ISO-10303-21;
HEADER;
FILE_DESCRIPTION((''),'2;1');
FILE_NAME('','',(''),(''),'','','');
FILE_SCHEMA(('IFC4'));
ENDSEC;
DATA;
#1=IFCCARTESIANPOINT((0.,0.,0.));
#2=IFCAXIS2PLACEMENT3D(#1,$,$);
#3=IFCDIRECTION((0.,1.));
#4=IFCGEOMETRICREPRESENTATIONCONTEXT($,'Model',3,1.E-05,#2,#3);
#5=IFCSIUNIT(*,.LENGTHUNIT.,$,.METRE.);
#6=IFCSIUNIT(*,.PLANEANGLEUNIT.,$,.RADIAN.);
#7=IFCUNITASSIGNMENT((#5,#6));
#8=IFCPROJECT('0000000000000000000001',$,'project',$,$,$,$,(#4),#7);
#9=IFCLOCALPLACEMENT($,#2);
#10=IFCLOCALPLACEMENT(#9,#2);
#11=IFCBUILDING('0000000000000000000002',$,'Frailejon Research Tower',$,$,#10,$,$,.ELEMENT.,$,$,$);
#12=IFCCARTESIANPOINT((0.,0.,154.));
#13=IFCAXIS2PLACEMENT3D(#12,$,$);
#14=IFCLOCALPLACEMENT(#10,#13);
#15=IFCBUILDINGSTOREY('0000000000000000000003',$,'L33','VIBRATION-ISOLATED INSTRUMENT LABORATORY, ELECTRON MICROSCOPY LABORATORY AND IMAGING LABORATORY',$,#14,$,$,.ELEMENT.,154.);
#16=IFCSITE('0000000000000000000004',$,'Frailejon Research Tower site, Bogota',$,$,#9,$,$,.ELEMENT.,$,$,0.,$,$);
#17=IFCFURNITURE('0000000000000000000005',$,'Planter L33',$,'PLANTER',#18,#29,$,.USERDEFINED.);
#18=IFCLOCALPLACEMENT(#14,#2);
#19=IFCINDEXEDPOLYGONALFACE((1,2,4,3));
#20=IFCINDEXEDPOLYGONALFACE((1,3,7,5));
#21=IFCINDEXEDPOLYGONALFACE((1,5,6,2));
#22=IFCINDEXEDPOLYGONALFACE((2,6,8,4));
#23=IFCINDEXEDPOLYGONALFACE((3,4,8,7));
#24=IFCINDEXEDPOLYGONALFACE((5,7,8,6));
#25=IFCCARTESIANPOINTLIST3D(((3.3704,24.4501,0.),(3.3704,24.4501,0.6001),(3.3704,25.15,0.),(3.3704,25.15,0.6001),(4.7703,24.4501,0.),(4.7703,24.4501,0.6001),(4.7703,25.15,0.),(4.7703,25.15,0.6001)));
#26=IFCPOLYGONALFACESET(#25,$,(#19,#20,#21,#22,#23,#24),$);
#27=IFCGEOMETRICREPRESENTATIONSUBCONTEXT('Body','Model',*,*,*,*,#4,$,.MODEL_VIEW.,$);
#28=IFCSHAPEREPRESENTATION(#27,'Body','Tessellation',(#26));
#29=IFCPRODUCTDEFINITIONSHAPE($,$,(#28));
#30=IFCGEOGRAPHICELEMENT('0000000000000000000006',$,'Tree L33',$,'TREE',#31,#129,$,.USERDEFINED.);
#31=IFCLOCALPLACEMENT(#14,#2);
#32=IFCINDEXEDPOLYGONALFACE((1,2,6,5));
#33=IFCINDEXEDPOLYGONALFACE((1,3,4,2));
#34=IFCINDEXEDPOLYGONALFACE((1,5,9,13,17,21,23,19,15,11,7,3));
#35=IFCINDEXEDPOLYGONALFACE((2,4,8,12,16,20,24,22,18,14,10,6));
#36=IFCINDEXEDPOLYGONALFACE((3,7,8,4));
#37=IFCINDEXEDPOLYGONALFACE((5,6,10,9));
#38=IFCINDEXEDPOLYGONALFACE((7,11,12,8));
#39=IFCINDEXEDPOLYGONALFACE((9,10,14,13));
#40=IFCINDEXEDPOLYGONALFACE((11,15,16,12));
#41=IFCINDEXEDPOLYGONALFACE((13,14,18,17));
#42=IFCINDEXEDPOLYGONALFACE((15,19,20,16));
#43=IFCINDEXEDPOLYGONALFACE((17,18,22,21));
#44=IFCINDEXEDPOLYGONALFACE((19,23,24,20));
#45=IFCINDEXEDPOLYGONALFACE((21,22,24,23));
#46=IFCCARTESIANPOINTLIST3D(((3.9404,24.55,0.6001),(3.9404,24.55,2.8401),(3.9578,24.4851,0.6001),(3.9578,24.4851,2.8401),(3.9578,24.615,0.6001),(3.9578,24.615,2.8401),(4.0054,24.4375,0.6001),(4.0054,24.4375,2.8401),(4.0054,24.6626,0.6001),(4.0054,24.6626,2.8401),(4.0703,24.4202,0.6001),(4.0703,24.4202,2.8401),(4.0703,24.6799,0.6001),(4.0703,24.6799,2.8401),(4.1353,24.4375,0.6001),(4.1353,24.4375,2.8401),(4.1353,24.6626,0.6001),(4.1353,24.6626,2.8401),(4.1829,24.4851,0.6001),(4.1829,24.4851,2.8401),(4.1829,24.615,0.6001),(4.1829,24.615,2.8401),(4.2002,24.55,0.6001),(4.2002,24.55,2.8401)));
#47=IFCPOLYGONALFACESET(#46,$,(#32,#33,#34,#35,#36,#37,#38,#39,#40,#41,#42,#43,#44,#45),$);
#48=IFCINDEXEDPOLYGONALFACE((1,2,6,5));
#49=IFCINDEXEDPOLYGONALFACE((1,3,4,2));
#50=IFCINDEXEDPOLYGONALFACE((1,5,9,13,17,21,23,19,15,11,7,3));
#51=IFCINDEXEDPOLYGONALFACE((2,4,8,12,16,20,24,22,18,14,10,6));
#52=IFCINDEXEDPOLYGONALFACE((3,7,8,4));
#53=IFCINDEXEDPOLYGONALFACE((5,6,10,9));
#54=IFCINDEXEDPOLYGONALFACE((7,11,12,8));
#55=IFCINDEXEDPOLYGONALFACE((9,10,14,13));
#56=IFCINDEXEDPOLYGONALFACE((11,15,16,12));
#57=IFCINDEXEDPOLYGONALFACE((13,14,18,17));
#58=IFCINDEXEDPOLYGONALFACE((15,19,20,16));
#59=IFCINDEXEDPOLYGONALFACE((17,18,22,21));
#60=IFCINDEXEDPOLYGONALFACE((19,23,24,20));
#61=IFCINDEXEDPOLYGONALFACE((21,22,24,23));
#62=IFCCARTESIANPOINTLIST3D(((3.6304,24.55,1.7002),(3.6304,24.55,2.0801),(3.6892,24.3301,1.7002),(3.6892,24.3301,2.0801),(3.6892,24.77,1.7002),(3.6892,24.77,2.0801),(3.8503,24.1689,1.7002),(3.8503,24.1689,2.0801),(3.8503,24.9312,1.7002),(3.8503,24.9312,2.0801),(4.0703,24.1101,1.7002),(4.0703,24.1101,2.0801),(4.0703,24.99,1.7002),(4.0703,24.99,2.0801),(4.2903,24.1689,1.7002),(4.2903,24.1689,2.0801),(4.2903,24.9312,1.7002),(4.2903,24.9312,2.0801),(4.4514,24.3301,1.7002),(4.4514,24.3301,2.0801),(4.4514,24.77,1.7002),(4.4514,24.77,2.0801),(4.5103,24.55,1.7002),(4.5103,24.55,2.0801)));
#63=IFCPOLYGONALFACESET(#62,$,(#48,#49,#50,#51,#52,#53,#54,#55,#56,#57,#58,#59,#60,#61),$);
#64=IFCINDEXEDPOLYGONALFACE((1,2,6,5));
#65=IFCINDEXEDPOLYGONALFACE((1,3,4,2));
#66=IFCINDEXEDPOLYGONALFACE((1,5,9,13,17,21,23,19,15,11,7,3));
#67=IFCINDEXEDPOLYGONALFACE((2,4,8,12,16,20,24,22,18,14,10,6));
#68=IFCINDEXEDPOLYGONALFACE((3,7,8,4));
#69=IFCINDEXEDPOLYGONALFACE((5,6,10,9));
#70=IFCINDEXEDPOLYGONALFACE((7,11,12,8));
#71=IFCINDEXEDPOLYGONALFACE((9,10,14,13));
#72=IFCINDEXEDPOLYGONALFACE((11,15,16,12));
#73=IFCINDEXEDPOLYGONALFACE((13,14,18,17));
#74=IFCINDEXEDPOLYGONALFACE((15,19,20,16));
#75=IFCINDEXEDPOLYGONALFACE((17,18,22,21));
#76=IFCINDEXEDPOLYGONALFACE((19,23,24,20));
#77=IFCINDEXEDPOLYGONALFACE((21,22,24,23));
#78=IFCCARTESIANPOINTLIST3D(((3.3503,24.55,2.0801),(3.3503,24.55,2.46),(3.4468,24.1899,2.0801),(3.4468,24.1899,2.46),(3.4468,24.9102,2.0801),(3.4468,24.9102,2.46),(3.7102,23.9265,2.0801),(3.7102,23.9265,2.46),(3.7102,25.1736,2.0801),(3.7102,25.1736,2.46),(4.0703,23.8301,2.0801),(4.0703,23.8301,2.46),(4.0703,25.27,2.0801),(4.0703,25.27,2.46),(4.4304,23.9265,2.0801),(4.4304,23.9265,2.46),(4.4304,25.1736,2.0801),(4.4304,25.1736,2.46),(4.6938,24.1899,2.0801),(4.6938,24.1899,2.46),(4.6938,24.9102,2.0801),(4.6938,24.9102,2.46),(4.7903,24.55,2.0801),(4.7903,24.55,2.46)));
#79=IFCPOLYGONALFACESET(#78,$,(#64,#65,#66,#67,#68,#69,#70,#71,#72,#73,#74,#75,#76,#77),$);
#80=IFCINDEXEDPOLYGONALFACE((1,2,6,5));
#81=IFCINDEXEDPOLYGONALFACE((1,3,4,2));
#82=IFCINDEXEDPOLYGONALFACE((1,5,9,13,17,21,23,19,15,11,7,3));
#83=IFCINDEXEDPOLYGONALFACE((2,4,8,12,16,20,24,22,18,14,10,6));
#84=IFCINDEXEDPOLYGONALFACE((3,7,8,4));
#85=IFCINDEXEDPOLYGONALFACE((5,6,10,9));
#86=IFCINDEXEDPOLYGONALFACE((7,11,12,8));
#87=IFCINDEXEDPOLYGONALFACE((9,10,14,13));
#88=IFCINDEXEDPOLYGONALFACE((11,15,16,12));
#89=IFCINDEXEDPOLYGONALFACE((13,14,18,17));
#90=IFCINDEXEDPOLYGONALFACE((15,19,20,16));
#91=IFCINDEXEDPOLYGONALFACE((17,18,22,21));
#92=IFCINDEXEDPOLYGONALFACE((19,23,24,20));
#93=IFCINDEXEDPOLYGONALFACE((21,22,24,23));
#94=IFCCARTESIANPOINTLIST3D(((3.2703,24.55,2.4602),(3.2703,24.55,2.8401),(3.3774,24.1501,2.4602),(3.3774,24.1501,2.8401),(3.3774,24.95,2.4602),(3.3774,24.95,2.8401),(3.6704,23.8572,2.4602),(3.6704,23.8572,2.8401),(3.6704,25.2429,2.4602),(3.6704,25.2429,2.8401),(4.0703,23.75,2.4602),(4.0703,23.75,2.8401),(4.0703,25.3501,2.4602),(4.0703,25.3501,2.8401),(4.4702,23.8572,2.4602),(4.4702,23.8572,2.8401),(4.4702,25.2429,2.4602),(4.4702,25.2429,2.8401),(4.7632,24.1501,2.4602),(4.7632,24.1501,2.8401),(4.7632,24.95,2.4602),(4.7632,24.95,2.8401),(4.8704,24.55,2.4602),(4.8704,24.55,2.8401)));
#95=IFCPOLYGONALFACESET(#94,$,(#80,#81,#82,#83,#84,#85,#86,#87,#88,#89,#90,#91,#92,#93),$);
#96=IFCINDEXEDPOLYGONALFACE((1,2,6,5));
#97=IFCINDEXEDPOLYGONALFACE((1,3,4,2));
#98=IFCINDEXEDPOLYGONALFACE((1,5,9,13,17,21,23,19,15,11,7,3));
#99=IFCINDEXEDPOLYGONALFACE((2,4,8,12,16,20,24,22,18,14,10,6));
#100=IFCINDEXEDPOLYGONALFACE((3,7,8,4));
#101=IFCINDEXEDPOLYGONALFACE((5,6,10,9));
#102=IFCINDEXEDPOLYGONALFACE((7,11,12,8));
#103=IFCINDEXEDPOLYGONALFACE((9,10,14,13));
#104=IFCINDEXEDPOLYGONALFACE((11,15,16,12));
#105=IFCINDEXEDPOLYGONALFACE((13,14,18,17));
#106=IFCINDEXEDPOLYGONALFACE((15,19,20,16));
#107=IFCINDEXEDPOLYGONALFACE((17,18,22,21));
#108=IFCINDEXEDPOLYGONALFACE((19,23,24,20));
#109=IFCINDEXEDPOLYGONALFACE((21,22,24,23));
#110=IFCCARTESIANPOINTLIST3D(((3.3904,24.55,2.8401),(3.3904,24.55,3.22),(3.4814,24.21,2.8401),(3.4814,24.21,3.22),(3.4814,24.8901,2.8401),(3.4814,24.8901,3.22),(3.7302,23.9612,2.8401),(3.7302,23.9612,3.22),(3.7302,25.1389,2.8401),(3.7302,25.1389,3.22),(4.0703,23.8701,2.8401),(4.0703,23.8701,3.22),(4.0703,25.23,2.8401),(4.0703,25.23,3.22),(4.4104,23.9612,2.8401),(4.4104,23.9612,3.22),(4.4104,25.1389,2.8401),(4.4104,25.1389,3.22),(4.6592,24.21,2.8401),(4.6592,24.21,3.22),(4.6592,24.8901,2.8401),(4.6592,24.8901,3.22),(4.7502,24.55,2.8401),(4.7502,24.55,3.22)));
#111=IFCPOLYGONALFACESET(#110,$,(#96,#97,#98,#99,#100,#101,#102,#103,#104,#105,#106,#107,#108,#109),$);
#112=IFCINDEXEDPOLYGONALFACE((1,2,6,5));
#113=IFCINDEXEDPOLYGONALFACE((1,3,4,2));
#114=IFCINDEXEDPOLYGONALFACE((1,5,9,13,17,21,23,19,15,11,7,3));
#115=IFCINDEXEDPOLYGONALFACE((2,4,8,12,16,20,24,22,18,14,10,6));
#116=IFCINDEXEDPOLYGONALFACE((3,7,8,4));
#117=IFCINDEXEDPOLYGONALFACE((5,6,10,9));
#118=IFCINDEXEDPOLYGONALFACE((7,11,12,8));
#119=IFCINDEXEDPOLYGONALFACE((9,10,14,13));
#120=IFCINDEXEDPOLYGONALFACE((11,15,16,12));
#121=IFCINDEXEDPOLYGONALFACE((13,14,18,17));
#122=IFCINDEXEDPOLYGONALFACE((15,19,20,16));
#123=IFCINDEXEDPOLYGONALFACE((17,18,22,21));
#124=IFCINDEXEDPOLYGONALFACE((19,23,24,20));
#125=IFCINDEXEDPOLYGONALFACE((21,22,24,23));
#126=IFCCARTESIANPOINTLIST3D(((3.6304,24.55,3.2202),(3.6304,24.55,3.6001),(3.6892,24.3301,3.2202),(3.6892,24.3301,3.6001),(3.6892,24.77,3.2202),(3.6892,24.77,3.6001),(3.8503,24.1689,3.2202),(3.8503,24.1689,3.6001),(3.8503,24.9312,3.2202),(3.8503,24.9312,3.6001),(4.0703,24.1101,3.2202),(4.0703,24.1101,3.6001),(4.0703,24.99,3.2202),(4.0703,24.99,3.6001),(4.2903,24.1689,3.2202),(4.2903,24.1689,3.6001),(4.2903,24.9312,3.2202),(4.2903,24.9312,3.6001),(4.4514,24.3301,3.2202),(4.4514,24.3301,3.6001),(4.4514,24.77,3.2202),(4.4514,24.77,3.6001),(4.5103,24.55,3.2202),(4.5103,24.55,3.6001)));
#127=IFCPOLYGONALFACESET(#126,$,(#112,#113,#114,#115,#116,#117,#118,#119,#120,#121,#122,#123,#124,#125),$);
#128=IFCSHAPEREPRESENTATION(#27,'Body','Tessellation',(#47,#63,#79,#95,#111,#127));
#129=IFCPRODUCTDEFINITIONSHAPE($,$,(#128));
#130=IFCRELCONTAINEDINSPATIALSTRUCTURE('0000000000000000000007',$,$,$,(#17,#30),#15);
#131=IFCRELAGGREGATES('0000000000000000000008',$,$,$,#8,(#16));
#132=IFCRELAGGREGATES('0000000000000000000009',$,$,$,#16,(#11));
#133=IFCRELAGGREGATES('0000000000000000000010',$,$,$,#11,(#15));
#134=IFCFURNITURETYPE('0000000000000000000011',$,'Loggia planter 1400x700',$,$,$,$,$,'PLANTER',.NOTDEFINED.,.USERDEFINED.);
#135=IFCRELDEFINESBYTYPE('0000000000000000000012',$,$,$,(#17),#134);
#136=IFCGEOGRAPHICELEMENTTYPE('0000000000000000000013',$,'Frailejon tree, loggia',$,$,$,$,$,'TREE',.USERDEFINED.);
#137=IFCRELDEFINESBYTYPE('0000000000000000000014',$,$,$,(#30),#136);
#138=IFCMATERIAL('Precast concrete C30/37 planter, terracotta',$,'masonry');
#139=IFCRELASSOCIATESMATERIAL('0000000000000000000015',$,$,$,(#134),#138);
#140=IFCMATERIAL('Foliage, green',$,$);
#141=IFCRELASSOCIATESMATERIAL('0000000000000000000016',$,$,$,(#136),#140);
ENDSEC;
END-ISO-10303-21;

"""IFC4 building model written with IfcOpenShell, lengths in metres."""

from ifc_helpers import new_model, si_unit, direction, frame, origin, origin_2d, place, context, subcontext, project, spatial, polyline, rectangle, outline, extrude, material, type_object, element, save


model = new_model("IFC4")

# Units and contexts
model_context = context("Model", 3, precision=1e-05, world=origin(), true_north=direction((0.0, 1.0)))
body_context = subcontext(model_context, "Body", "Model", "MODEL_VIEW")
ifc_project = project(units=[si_unit("LENGTHUNIT", "METRE"), si_unit("PLANEANGLEUNIT", "RADIAN")], contexts=[model_context])

# Site, building, storey
site_placement = place(None, origin())
site = spatial("IfcSite", under=ifc_project, at=site_placement, Name="Frailejon Research Tower site, Bogota", CompositionType="ELEMENT", RefElevation=0.0)
building_placement = place(site_placement, origin())
building = spatial("IfcBuilding", under=site, at=building_placement, Name="Frailejon Research Tower", CompositionType="ELEMENT")
storey_placement = place(building_placement, frame((0.0, 0.0, 154.0)))
storey = spatial("IfcBuildingStorey", under=building, at=storey_placement, Name="L33", Description="VIBRATION-ISOLATED INSTRUMENT LABORATORY, ELECTRON MICROSCOPY LABORATORY AND IMAGING LABORATORY", CompositionType="ELEMENT", Elevation=154.0)

# Furniture
ifc_material_1 = material(Name="Precast concrete C30/37 planter, terracotta", Category="masonry")
furniture_type = type_object("IfcFurnitureType", Name="Loggia planter 1400x700", ElementType="PLANTER", AssemblyPlace="NOTDEFINED", PredefinedType="USERDEFINED", material=ifc_material_1)
furniture_placement = place(storey_placement, frame((4.0703, 24.8, 0.0), z_axis=(0.0, 0.0, 1.0), x_axis=(-1.0, 0.0, 0.0)))
element("IfcFurniture", 1, at=furniture_placement, inside=storey, type_object=furniture_type, Name="Planter L33", ObjectType="PLANTER", PredefinedType="USERDEFINED", context=body_context, shape_type="SweptSolid", body=[
    extrude(rectangle(XDim=1.3999, YDim=0.7, at=origin_2d()), origin(), (0.0, 0.0, 1.0), 0.6001),
])

# Geographic element
ifc_material_2 = material(Name="Foliage, green")
geographic_element_type = type_object("IfcGeographicElementType", Name="Frailejon tree, loggia", ElementType="TREE", PredefinedType="USERDEFINED", material=ifc_material_2)
geographic_element_placement = place(storey_placement, frame((4.0703, 24.55, 0.6001)))
element("IfcGeographicElement", 2, at=geographic_element_placement, inside=storey, type_object=geographic_element_type, Name="Tree L33", ObjectType="TREE", PredefinedType="USERDEFINED", context=body_context, shape_type="SweptSolid", body=[
    extrude(outline(polyline([(0.1299, 0.0), (0.1125, 0.0649), (0.0649, 0.1125), (0.0, 0.1299), (-0.0649, 0.1125), (-0.1125, 0.0649), (-0.1299, 0.0), (-0.1125, -0.0649), (-0.0649, -0.1125), (0.0, -0.1299), (0.0649, -0.1125), (0.1125, -0.0649), (0.1299, 0.0)])), origin(), (0.0, 0.0, 1.0), 2.24),
    extrude(outline(polyline([(0.4399, 0.0), (0.3811, 0.22), (0.22, 0.3811), (0.0, 0.4399), (-0.22, 0.3811), (-0.3811, 0.22), (-0.4399, 0.0), (-0.3811, -0.22), (-0.22, -0.3811), (0.0, -0.4399), (0.22, -0.3811), (0.3811, -0.22), (0.4399, 0.0)])), frame((0.0, 0.0, 1.1001)), (0.0, 0.0, 1.0), 0.3799),
    extrude(outline(polyline([(0.72, 0.0), (0.6235, 0.3601), (0.3601, 0.6235), (0.0, 0.72), (-0.3601, 0.6235), (-0.6235, 0.3601), (-0.72, 0.0), (-0.6235, -0.3601), (-0.3601, -0.6235), (0.0, -0.72), (0.3601, -0.6235), (0.6235, -0.3601), (0.72, 0.0)])), frame((0.0, 0.0, 1.48)), (0.0, 0.0, 1.0), 0.3799),
    extrude(outline(polyline([(0.8, 0.0), (0.6929, 0.3999), (0.3999, 0.6929), (0.0, 0.8), (-0.3999, 0.6929), (-0.6929, 0.3999), (-0.8, 0.0), (-0.6929, -0.3999), (-0.3999, -0.6929), (0.0, -0.8), (0.3999, -0.6929), (0.6929, -0.3999), (0.8, 0.0)])), frame((0.0, 0.0, 1.8601)), (0.0, 0.0, 1.0), 0.3799),
    extrude(outline(polyline([(0.6799, 0.0), (0.5889, 0.3401), (0.3401, 0.5889), (0.0, 0.6799), (-0.3401, 0.5889), (-0.5889, 0.3401), (-0.6799, 0.0), (-0.5889, -0.3401), (-0.3401, -0.5889), (0.0, -0.6799), (0.3401, -0.5889), (0.5889, -0.3401), (0.6799, 0.0)])), frame((0.0, 0.0, 2.24)), (0.0, 0.0, 1.0), 0.3799),
    extrude(outline(polyline([(0.4399, 0.0), (0.3811, 0.22), (0.22, 0.3811), (0.0, 0.4399), (-0.22, 0.3811), (-0.3811, 0.22), (-0.4399, 0.0), (-0.3811, -0.22), (-0.22, -0.3811), (0.0, -0.4399), (0.22, -0.3811), (0.3811, -0.22), (0.4399, 0.0)])), frame((0.0, 0.0, 2.6201)), (0.0, 0.0, 1.0), 0.3799),
])

save(model, "model.ifc")
